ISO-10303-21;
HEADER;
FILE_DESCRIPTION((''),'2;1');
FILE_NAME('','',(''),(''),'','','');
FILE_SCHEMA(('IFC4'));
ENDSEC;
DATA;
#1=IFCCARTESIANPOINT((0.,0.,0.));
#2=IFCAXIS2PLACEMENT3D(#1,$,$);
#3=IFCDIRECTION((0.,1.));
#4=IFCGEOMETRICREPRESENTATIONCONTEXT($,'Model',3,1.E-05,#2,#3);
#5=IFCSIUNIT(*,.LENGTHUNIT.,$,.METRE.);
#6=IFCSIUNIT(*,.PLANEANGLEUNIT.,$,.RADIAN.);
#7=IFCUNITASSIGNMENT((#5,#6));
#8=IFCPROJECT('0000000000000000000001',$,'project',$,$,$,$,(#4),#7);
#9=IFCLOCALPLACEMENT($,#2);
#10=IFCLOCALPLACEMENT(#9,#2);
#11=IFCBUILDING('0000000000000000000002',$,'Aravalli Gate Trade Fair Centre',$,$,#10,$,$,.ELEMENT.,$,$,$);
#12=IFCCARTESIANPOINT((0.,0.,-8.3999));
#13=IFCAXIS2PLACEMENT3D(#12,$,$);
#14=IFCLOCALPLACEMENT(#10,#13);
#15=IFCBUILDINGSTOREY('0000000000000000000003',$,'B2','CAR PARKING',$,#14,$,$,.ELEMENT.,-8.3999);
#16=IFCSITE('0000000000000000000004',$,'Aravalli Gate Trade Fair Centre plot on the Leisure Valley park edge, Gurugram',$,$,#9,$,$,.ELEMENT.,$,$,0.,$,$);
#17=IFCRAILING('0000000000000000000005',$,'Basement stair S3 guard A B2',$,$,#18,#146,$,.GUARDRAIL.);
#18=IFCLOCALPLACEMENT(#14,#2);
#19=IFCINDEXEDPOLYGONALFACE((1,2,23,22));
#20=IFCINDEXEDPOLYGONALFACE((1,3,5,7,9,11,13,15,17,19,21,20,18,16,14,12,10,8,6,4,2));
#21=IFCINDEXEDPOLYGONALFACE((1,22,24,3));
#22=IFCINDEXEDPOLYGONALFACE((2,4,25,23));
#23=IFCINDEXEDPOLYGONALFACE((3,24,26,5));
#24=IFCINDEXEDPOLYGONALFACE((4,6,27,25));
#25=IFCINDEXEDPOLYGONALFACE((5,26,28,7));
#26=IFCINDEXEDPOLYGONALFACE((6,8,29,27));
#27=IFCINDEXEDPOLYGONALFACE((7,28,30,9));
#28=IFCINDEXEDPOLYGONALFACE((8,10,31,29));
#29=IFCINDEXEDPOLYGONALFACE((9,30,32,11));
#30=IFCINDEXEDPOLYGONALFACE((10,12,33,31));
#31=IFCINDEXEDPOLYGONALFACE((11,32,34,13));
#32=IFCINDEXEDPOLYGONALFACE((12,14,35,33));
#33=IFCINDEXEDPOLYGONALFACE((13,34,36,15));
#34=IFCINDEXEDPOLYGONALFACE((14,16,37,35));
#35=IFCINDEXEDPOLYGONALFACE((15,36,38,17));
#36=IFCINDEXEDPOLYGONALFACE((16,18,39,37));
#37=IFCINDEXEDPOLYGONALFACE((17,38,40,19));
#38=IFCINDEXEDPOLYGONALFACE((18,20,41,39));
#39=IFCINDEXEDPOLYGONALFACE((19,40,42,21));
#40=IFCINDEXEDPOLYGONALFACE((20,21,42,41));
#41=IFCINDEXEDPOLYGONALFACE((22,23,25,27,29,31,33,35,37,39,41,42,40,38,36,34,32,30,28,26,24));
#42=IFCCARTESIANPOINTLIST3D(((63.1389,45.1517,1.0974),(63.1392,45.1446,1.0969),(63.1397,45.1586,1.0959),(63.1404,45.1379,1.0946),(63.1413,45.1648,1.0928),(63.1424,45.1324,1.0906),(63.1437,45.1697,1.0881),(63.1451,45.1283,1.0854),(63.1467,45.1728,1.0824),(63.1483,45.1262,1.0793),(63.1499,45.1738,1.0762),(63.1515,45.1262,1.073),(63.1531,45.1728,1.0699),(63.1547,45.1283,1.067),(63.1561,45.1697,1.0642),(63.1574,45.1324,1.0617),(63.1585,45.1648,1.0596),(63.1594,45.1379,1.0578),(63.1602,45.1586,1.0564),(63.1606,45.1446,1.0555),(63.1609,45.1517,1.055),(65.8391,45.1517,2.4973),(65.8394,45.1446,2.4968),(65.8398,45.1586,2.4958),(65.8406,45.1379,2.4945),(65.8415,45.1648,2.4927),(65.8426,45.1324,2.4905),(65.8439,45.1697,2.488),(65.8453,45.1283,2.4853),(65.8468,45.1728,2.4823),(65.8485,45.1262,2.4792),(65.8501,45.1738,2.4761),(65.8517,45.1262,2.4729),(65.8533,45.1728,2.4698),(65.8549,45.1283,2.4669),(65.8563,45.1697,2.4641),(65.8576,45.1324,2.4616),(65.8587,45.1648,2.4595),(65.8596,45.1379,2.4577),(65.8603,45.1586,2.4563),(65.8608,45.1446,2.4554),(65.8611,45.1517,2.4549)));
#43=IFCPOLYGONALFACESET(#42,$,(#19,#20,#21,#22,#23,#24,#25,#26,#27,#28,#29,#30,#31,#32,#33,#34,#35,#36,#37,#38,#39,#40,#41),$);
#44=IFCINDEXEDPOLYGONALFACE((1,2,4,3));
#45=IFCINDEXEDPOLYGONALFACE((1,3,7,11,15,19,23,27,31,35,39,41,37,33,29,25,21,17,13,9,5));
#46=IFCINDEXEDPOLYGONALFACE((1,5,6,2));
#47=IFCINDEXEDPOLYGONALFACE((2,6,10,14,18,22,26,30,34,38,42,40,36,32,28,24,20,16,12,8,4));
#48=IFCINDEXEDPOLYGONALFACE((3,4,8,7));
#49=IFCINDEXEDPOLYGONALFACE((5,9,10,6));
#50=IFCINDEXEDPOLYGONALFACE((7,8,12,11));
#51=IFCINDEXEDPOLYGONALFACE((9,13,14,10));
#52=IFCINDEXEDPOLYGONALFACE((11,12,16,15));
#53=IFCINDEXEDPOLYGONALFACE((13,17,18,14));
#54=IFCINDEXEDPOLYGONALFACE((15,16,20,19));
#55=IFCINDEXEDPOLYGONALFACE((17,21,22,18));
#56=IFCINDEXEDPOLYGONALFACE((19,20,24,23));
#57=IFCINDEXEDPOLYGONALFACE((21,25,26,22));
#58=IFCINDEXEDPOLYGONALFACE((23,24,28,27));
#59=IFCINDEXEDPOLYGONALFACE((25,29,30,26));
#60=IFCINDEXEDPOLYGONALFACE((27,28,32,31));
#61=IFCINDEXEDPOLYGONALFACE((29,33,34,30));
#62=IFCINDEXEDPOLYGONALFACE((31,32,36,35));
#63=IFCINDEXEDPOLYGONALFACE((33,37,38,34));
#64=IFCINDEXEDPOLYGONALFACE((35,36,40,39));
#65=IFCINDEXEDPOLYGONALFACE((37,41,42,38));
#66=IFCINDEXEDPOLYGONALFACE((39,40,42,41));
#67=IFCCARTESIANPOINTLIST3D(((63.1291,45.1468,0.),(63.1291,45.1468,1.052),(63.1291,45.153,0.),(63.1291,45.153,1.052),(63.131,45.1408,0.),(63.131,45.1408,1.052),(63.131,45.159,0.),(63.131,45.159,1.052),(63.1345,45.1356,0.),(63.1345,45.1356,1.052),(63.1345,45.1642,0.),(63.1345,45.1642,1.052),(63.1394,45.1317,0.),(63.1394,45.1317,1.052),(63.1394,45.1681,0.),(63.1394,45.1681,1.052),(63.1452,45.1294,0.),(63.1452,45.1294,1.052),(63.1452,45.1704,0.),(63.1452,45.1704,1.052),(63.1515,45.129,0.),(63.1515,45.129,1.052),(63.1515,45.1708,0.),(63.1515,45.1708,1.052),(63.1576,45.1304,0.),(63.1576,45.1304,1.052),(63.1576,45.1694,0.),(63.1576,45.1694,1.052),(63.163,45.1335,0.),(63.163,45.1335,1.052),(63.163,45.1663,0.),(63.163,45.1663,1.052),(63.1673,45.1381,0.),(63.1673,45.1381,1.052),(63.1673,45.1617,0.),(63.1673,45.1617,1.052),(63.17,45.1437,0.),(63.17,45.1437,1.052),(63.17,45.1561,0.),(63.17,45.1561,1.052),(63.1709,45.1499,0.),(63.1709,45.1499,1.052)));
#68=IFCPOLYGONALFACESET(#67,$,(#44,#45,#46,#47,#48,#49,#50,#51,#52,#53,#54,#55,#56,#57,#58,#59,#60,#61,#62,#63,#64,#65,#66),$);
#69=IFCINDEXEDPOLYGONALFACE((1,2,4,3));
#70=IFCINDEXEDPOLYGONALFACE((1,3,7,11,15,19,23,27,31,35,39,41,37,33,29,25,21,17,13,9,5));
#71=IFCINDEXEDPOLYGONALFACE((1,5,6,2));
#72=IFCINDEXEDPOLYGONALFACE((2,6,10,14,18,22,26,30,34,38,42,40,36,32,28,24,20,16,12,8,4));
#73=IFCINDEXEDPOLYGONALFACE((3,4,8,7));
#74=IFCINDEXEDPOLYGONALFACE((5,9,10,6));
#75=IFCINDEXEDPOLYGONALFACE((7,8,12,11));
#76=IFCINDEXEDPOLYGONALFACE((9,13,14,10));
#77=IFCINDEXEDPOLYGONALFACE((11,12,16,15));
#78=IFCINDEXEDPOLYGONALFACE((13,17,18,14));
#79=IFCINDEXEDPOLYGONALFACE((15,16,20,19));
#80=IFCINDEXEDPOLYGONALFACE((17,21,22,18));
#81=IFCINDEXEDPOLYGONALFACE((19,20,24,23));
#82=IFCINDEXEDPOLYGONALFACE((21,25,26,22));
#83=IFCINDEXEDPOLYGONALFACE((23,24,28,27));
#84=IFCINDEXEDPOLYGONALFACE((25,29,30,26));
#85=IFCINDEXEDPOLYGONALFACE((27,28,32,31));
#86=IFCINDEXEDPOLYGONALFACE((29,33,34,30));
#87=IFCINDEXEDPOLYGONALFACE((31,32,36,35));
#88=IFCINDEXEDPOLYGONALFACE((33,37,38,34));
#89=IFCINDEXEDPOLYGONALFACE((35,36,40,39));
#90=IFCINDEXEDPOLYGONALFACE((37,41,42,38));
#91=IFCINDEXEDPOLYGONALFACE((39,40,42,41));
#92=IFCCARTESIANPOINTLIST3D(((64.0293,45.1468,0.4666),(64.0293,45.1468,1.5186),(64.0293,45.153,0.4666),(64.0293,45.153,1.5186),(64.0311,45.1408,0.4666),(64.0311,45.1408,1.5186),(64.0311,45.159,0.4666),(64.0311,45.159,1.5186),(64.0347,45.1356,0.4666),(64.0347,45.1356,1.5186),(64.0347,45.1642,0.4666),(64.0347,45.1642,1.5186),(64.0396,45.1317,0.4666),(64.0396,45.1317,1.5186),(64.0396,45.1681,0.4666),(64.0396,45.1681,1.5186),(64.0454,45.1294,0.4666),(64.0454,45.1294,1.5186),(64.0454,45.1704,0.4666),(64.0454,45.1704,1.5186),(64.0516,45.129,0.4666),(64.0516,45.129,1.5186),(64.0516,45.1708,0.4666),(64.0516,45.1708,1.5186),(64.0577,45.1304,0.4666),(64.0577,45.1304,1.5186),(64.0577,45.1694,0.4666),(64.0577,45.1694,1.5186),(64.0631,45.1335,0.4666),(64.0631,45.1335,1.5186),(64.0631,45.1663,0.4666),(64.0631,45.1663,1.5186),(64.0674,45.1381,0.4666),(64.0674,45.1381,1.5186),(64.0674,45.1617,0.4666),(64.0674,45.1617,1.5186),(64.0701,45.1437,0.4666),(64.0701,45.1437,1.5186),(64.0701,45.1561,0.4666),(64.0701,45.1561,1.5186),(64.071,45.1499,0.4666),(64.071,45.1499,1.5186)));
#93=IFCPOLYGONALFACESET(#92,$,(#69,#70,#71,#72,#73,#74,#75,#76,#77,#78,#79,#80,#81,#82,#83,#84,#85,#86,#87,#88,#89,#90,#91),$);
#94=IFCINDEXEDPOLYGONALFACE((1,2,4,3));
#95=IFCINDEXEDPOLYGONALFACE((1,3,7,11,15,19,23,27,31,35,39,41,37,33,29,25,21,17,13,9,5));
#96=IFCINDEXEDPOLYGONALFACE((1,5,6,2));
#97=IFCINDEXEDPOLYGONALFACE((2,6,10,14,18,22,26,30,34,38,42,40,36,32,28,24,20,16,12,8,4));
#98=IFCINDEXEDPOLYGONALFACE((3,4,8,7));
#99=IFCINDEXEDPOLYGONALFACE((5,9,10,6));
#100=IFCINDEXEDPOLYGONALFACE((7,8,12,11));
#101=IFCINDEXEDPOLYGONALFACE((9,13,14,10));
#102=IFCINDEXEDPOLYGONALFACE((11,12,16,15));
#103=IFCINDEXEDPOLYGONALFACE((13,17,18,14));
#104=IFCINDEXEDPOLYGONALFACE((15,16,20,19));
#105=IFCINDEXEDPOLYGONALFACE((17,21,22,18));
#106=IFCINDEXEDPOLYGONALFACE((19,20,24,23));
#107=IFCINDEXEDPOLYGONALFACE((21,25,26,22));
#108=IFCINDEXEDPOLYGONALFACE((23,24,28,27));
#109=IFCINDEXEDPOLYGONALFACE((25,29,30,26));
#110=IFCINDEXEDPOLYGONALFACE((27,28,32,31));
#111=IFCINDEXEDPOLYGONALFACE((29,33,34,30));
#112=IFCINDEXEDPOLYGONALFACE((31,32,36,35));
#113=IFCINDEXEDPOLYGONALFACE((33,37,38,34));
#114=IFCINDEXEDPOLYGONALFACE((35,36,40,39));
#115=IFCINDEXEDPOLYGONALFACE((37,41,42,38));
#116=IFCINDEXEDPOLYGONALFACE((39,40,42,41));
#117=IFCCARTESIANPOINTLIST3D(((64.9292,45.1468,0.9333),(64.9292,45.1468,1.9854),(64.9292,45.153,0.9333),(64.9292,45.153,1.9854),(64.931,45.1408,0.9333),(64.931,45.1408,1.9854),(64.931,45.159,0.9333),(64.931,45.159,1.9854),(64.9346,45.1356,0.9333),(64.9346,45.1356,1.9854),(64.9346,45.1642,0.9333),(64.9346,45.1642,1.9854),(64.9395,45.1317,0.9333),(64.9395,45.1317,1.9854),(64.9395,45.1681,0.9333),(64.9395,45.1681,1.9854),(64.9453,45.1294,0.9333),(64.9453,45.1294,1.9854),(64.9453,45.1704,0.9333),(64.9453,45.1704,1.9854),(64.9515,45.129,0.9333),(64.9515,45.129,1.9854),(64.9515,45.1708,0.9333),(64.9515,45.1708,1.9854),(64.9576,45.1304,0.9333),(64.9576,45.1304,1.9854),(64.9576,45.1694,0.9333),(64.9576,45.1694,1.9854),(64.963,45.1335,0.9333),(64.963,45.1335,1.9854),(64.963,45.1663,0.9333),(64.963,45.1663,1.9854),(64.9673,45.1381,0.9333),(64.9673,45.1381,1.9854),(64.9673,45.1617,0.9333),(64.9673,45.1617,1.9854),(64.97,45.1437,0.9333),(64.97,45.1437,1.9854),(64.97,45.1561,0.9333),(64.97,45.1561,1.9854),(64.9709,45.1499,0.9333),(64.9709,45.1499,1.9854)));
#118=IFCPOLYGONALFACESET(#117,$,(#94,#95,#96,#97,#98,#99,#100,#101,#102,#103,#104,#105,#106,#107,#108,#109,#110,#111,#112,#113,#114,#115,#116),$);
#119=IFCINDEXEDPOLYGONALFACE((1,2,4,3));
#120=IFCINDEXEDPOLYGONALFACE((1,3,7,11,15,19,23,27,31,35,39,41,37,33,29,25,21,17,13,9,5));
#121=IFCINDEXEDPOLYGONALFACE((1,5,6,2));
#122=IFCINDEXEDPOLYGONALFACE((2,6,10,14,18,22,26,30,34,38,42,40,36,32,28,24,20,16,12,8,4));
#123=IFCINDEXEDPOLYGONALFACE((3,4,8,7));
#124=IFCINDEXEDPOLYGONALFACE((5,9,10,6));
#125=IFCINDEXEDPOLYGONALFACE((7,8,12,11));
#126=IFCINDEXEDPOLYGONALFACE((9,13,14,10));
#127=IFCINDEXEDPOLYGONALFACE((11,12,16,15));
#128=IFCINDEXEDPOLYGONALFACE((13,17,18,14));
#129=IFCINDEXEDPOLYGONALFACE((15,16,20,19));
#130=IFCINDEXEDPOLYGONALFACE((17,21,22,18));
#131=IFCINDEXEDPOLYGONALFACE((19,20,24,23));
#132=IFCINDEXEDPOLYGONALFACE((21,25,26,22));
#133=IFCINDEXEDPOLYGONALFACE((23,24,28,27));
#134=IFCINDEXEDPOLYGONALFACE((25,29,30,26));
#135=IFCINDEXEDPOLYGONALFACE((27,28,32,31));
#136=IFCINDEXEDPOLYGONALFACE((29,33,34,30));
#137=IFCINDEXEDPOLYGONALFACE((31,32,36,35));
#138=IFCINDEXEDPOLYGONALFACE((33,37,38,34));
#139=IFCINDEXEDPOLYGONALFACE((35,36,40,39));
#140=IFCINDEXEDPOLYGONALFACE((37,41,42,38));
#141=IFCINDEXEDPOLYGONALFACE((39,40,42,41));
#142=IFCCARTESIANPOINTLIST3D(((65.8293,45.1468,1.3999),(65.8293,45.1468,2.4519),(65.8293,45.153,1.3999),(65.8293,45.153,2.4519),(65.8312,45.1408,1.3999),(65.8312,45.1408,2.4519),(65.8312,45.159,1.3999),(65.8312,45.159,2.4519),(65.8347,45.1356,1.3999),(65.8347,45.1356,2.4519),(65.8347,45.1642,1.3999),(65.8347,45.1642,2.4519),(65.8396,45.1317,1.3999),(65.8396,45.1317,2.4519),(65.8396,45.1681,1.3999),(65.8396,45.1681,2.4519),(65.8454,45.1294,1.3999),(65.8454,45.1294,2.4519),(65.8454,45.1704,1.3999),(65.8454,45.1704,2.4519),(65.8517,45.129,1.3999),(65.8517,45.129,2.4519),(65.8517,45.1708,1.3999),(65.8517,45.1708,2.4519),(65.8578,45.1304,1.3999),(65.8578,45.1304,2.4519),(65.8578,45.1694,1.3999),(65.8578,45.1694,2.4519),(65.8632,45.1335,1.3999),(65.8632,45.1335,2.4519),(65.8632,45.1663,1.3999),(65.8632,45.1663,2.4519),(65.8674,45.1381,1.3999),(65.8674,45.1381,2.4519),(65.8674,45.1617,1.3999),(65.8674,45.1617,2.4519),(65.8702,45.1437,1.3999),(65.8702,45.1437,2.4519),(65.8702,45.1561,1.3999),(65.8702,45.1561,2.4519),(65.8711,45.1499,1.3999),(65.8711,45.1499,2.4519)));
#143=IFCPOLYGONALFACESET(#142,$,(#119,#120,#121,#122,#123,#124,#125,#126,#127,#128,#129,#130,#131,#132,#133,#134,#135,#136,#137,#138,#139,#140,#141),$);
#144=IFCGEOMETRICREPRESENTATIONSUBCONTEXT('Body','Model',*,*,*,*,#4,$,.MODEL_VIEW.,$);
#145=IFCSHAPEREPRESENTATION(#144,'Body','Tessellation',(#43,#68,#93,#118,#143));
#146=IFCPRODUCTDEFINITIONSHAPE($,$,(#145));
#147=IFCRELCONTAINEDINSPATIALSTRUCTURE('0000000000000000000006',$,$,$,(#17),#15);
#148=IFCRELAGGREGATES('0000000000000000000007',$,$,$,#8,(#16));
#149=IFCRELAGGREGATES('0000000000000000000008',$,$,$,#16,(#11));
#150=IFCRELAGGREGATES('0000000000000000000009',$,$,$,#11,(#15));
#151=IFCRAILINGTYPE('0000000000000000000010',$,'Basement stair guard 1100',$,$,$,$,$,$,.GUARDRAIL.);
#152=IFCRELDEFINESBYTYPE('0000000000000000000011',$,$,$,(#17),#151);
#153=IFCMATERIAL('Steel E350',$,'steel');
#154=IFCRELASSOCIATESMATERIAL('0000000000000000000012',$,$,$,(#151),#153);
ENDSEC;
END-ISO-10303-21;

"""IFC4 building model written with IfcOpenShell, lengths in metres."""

from ifc_helpers import new_model, si_unit, direction, frame, origin, origin_2d, place, context, subcontext, project, spatial, circle, extrude, material, type_object, element, save


model = new_model("IFC4")

# Units and contexts
model_context = context("Model", 3, precision=1e-05, world=origin(), true_north=direction((0.0, 1.0)))
body_context = subcontext(model_context, "Body", "Model", "MODEL_VIEW")
ifc_project = project(units=[si_unit("LENGTHUNIT", "METRE"), si_unit("PLANEANGLEUNIT", "RADIAN")], contexts=[model_context])

# Site, building, storey
site_placement = place(None, origin())
site = spatial("IfcSite", under=ifc_project, at=site_placement, Name="Aravalli Gate Trade Fair Centre plot on the Leisure Valley park edge, Gurugram", CompositionType="ELEMENT", RefElevation=0.0)
building_placement = place(site_placement, origin())
building = spatial("IfcBuilding", under=site, at=building_placement, Name="Aravalli Gate Trade Fair Centre", CompositionType="ELEMENT")
storey_placement = place(building_placement, frame((0.0, 0.0, -8.3999)))
storey = spatial("IfcBuildingStorey", under=building, at=storey_placement, Name="B2", Description="CAR PARKING", CompositionType="ELEMENT", Elevation=-8.3999)

# Railing
ifc_material_1 = material(Name="Steel E350", Category="steel")
railing_type_1 = type_object("IfcRailingType", Name="Basement stair guard 1100", PredefinedType="GUARDRAIL", material=ifc_material_1)
railing_1_placement = place(storey_placement, frame((63.1499, 45.1499, 0.0)))
element("IfcRailing", 1, at=railing_1_placement, inside=storey, type_object=railing_type_1, Name="Basement stair S3 guard A B2", PredefinedType="GUARDRAIL", context=body_context, shape_type="SweptSolid", body=[
    extrude(circle(Radius=0.0239, at=origin_2d()), frame((0.0, 0.0, 1.0762), z_axis=(0.887781, 0.0, 0.460266), x_axis=(0.0, 1.0, 0.0)), (0.0, 0.0, 1.0), 3.0415),
    extrude(circle(Radius=0.021, at=origin_2d()), origin(), (0.0, 0.0, 1.0), 1.052),
    extrude(circle(Radius=0.021, at=origin_2d()), frame((0.9001, 0.0, 0.4666)), (0.0, 0.0, 1.0), 1.052),
    extrude(circle(Radius=0.021, at=origin_2d()), frame((1.8, 0.0, 0.9333)), (0.0, 0.0, 1.0), 1.052),
    extrude(circle(Radius=0.021, at=origin_2d()), frame((2.7002, 0.0, 1.3999)), (0.0, 0.0, 1.0), 1.052),
])

save(model, "model.ifc")
